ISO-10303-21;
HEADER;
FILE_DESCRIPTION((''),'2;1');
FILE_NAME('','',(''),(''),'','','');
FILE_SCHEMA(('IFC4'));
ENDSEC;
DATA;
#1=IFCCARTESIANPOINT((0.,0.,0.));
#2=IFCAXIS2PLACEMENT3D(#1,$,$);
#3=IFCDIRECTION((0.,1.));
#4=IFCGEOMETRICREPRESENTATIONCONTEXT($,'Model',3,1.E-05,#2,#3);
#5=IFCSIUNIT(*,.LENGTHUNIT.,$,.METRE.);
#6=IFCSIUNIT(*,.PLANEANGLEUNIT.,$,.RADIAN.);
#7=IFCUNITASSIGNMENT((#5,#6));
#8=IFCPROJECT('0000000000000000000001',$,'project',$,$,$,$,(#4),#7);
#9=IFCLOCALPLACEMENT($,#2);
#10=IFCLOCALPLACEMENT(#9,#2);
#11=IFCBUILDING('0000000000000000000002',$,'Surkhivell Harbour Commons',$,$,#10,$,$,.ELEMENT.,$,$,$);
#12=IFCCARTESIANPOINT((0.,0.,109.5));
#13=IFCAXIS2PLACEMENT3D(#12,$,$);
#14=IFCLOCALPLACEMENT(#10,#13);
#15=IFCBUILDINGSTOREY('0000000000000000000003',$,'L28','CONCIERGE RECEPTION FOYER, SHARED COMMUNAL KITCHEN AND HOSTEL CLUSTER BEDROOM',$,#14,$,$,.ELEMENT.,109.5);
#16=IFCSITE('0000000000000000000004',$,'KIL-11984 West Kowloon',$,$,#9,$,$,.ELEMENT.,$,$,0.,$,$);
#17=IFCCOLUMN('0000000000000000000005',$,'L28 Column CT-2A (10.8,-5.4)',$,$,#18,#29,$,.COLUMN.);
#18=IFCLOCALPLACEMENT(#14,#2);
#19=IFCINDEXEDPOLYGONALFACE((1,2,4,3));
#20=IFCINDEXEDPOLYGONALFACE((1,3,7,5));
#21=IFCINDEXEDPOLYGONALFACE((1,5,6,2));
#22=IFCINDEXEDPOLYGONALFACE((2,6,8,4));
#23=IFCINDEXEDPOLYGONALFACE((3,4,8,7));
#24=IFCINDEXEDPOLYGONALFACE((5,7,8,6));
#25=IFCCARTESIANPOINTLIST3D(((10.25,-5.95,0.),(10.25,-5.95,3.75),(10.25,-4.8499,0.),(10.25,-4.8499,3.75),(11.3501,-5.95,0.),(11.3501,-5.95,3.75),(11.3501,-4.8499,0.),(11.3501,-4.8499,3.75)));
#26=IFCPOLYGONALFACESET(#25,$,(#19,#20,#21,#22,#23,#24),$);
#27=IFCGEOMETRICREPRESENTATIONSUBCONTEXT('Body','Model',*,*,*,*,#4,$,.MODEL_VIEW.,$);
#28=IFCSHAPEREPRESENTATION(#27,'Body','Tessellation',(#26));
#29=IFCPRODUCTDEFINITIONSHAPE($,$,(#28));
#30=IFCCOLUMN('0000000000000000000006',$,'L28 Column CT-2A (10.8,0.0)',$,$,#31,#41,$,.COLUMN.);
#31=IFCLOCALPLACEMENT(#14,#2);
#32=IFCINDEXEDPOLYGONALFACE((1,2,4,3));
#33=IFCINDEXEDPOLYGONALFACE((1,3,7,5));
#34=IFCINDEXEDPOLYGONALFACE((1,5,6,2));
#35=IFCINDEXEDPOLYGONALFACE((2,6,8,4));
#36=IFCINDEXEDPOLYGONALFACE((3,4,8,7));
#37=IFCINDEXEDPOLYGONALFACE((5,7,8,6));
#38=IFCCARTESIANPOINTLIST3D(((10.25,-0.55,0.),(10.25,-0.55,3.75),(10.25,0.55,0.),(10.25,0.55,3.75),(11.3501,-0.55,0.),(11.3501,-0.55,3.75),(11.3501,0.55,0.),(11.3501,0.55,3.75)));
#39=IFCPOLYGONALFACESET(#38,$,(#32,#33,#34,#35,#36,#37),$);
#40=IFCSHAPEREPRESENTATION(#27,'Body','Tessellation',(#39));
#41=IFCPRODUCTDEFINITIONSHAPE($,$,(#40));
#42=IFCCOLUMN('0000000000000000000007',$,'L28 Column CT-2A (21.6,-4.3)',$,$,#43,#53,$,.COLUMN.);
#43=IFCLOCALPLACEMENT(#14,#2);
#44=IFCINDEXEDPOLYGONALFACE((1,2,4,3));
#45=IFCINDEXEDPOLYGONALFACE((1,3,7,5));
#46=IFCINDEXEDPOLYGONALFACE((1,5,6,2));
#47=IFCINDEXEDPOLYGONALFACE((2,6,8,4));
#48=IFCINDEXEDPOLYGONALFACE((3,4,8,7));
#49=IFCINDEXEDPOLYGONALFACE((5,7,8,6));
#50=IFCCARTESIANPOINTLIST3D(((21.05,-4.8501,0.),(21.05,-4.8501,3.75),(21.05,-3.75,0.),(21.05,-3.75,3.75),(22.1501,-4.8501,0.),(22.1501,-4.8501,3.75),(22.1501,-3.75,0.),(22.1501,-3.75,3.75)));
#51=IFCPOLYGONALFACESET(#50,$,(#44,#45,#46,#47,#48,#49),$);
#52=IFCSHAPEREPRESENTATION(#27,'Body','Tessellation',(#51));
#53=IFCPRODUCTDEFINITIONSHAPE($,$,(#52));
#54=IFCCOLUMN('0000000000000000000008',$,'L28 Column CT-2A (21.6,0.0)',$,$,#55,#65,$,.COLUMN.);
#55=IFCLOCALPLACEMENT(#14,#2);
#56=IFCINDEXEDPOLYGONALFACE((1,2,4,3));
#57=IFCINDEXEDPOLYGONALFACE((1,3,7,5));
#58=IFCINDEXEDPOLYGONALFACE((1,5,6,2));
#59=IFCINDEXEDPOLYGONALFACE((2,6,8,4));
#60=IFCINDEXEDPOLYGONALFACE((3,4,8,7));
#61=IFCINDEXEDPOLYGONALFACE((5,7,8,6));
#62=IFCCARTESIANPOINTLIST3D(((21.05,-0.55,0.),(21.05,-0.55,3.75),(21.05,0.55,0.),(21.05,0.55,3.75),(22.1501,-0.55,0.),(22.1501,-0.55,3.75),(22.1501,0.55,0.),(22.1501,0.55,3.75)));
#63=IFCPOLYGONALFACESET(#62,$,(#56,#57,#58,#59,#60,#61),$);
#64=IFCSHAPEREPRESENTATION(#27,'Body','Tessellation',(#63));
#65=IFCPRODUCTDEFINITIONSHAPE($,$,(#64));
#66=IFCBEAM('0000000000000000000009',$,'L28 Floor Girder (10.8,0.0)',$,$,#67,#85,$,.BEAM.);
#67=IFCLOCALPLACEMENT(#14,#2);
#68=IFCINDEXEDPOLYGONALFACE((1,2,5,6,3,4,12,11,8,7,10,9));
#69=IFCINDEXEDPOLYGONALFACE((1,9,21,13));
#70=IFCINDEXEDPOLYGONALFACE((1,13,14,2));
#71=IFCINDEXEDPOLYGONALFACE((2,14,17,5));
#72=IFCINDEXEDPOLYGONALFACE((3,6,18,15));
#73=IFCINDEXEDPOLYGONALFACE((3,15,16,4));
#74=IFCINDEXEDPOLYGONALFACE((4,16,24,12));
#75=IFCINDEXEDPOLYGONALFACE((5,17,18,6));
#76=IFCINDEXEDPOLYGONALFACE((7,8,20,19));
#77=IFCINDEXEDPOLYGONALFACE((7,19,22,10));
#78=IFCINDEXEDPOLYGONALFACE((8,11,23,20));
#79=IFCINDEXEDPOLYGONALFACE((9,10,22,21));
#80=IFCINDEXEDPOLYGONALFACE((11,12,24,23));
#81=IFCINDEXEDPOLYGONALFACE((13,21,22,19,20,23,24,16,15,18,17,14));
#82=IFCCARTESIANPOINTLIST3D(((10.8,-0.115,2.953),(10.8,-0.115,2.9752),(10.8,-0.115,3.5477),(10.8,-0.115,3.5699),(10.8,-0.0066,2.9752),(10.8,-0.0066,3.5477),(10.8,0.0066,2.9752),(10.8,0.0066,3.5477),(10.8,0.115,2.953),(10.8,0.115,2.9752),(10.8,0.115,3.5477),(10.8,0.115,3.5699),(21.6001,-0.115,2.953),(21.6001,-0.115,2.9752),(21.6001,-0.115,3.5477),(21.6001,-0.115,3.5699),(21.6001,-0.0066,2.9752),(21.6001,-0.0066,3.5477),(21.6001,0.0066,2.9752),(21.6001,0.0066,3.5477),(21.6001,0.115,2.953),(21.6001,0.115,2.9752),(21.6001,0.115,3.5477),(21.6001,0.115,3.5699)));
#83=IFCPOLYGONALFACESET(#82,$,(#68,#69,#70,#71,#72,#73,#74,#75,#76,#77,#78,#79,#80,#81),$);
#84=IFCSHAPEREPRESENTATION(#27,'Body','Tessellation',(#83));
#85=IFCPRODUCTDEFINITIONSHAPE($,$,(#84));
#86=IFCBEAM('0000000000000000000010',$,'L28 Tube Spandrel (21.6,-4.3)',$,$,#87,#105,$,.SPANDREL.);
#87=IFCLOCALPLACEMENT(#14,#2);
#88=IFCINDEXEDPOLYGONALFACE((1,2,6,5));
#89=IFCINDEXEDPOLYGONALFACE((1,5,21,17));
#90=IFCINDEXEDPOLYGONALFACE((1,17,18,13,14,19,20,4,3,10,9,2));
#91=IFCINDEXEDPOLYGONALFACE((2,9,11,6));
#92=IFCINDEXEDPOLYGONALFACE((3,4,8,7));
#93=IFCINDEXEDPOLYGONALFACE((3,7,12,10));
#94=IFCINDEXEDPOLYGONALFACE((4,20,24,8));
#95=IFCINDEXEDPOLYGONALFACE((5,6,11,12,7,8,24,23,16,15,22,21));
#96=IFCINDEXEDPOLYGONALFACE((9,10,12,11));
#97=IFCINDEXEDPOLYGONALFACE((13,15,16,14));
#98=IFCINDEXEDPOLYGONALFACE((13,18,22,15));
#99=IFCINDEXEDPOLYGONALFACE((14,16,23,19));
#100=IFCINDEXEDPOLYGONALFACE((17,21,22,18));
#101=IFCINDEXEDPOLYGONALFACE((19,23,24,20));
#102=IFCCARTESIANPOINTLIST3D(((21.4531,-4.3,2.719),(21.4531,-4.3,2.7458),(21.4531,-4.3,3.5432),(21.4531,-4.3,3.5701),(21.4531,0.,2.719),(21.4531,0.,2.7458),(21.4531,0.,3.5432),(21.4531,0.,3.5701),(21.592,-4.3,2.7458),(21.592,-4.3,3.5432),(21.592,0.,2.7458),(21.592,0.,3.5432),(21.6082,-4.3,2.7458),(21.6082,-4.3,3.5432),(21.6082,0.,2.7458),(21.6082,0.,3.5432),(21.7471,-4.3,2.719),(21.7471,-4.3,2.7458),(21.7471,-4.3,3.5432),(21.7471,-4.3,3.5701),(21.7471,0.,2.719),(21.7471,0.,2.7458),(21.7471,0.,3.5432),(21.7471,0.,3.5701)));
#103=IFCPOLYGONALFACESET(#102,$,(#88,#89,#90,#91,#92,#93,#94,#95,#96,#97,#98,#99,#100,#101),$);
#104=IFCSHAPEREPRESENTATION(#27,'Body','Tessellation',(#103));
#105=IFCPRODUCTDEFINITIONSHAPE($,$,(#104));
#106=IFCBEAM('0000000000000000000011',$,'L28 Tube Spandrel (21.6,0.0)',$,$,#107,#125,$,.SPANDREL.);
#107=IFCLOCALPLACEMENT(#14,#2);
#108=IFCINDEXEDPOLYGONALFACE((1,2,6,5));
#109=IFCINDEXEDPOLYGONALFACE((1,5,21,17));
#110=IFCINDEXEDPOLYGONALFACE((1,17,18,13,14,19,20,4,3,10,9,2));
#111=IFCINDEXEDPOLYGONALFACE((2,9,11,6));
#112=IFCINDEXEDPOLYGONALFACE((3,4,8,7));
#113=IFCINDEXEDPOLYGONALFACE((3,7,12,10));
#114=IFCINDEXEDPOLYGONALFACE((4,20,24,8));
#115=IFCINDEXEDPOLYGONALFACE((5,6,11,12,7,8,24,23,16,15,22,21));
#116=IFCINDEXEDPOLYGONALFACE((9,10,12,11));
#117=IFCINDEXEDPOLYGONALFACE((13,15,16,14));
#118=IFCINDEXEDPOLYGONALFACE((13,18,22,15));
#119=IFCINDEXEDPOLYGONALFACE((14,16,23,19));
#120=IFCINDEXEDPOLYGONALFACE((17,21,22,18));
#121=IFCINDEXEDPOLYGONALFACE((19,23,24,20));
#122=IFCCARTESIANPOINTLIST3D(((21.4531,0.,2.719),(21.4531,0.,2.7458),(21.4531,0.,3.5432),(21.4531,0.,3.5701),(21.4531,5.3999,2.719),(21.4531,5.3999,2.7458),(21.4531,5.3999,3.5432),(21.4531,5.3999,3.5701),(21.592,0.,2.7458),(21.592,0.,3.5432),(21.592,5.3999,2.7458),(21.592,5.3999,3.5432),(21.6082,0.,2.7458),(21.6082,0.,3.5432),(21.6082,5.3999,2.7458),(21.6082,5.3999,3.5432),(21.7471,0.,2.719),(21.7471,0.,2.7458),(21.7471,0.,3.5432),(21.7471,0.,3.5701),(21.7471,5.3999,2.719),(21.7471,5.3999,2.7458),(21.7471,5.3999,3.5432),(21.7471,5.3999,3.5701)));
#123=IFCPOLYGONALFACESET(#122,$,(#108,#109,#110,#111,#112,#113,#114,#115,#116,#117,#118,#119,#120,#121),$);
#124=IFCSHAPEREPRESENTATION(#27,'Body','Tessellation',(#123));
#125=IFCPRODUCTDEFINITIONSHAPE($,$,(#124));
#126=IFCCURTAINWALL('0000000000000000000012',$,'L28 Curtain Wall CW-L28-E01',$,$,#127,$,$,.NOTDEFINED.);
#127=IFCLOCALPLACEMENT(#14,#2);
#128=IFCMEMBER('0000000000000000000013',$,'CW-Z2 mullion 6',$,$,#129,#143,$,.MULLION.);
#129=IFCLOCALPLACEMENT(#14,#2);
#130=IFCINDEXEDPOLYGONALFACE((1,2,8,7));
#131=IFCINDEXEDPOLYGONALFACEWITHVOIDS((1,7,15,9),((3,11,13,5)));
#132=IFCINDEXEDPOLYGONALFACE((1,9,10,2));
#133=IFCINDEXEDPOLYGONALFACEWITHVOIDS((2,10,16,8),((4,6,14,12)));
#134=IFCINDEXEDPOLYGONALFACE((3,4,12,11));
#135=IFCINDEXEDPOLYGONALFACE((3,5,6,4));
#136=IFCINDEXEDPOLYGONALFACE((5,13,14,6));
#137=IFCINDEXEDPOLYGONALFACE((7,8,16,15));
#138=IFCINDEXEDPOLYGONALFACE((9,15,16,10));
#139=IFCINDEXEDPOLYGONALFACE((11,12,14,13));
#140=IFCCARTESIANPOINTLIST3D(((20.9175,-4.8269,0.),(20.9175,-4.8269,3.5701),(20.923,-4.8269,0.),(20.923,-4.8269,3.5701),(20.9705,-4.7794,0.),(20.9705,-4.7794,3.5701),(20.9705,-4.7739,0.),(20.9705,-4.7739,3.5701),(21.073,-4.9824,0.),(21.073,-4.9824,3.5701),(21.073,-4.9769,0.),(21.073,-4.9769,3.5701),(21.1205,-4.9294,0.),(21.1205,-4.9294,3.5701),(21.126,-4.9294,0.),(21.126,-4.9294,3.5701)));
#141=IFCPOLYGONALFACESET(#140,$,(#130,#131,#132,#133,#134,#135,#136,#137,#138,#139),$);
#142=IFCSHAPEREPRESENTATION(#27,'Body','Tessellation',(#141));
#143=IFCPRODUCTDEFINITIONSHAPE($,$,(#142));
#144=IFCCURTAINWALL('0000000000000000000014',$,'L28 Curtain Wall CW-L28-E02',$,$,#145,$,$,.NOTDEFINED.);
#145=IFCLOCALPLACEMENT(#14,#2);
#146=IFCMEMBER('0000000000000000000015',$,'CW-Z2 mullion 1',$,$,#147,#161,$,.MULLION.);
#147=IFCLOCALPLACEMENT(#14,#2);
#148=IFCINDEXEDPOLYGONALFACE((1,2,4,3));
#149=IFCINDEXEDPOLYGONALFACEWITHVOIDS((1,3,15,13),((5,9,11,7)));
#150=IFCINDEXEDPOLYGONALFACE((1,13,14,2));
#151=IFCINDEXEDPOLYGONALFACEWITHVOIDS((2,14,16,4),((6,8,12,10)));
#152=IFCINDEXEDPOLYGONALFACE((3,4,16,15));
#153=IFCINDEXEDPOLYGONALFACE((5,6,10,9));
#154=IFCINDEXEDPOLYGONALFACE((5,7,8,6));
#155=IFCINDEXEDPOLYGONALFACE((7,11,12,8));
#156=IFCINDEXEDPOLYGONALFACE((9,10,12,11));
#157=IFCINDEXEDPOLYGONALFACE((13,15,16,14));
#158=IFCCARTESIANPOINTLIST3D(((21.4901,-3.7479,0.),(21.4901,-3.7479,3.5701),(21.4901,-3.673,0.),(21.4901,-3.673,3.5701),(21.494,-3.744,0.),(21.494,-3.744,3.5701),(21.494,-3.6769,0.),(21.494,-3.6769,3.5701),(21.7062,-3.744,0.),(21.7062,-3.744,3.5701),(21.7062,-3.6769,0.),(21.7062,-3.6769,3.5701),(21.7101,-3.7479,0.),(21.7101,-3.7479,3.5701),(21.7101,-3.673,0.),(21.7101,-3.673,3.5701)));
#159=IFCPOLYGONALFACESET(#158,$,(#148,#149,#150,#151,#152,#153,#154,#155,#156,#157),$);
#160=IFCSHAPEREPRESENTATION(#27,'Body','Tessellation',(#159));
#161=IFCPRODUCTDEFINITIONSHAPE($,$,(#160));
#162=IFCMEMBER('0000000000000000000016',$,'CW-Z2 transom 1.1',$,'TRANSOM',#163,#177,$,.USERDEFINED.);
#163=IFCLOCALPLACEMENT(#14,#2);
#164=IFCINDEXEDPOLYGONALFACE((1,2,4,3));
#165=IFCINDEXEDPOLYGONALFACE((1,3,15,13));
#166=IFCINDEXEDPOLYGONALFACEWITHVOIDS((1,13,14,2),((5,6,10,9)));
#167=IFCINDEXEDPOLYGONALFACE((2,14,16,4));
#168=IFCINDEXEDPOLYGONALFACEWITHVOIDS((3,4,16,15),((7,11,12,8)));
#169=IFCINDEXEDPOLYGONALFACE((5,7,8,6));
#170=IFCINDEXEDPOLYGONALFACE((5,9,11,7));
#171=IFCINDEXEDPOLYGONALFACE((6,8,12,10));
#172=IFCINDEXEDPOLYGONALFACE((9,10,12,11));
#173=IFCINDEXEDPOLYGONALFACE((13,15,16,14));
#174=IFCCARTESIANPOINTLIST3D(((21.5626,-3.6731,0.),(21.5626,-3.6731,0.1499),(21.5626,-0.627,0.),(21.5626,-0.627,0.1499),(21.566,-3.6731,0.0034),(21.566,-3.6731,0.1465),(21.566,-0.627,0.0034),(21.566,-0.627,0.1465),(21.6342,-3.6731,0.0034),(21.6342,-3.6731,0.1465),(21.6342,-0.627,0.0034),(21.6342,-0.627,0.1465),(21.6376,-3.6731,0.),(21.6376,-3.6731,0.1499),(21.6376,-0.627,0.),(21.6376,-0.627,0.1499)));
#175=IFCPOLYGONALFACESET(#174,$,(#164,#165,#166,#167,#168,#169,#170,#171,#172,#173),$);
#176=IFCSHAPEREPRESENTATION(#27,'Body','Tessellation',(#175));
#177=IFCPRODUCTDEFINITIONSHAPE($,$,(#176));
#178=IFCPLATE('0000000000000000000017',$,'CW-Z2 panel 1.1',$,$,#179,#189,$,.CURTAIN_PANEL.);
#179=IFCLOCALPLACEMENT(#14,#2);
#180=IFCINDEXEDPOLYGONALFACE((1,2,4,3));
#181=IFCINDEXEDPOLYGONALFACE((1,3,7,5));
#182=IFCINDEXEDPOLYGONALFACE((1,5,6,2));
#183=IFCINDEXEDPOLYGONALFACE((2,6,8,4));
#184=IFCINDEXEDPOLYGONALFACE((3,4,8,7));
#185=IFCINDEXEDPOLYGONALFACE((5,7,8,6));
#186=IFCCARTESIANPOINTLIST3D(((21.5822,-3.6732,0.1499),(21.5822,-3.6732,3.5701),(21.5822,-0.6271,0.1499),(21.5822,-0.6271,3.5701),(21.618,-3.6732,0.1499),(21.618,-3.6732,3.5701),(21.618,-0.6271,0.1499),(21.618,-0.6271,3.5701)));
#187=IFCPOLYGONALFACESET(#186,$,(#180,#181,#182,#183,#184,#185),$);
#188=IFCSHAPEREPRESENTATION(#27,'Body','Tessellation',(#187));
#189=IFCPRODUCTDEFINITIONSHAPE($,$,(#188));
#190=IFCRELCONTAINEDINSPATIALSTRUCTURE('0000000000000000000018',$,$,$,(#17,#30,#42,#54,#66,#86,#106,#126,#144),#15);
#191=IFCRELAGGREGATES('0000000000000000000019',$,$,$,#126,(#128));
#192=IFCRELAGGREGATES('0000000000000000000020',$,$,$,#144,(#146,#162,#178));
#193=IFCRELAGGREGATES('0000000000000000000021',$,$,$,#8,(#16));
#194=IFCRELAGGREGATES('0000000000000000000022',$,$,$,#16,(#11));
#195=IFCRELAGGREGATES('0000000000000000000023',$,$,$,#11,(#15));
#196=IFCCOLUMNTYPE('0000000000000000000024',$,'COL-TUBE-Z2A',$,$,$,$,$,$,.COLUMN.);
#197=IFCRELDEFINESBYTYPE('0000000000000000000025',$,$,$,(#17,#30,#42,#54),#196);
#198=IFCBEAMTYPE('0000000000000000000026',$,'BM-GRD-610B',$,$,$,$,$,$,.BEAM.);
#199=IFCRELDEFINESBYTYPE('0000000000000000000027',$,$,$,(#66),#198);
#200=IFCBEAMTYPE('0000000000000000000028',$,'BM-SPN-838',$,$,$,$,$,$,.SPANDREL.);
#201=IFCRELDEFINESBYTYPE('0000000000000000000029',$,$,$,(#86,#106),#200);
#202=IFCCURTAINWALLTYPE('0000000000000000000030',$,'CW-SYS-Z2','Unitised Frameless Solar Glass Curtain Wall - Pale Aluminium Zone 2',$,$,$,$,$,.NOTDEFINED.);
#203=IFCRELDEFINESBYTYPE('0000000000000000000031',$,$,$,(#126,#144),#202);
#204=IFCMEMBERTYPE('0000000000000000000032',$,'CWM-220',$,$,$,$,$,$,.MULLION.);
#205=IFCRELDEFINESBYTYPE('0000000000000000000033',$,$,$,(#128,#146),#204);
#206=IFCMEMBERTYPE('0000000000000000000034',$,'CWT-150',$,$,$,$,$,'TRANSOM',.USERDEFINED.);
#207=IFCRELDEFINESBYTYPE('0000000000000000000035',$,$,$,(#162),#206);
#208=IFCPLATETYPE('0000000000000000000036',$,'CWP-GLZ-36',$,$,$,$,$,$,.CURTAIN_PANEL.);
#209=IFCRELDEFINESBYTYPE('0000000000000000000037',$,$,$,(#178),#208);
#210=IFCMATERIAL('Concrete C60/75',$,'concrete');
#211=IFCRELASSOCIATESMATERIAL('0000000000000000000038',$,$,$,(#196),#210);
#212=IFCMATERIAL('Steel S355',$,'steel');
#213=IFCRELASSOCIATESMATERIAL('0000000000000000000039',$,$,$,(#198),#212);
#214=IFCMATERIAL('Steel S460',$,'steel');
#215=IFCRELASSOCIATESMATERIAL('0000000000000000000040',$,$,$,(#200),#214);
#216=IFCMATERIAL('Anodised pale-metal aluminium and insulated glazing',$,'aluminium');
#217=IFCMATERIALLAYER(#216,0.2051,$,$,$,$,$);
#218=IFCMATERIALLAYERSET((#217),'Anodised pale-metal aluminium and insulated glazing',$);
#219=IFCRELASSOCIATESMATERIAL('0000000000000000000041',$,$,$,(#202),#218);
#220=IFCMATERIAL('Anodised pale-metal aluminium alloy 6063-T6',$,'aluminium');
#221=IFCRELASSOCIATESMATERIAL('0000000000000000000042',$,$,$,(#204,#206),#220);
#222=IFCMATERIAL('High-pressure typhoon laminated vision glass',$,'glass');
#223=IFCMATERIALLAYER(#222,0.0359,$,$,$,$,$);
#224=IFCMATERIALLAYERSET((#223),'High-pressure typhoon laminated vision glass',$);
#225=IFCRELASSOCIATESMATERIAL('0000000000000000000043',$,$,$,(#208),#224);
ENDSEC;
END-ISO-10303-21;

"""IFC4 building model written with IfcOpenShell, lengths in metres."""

from ifc_helpers import new_model, si_unit, direction, frame, frame_2d, origin, origin_2d, place, context, subcontext, project, spatial, rectangle, hollow_rectangle, i_section, extrude, material, layer, layer_set, material_profile, profile_set, type_object, element, aggregate, save


model = new_model("IFC4")

# Units and contexts
model_context = context("Model", 3, precision=1e-05, world=origin(), true_north=direction((0.0, 1.0)))
body_context = subcontext(model_context, "Body", "Model", "MODEL_VIEW")
ifc_project = project(units=[si_unit("LENGTHUNIT", "METRE"), si_unit("PLANEANGLEUNIT", "RADIAN")], contexts=[model_context])

# Site, building, storey
site_placement = place(None, origin())
site = spatial("IfcSite", under=ifc_project, at=site_placement, Name="KIL-11984 West Kowloon", CompositionType="ELEMENT", RefElevation=0.0)
building_placement = place(site_placement, origin())
building = spatial("IfcBuilding", under=site, at=building_placement, Name="Surkhivell Harbour Commons", CompositionType="ELEMENT")
storey_placement = place(building_placement, frame((0.0, 0.0, 109.5)))
storey = spatial("IfcBuildingStorey", under=building, at=storey_placement, Name="L28", Description="CONCIERGE RECEPTION FOYER, SHARED COMMUNAL KITCHEN AND HOSTEL CLUSTER BEDROOM", CompositionType="ELEMENT", Elevation=109.5)

# Columns
ifc_material_1 = material(Name="Concrete C60/75", Category="concrete")
ifc_material_profile_1 = material_profile(ifc_material_1, rectangle(XDim=1.1001, YDim=1.1001, at=origin_2d()), Name="RC-COL-1100x1100")
ifc_profile_set_1 = profile_set([ifc_material_profile_1], Name="Concrete C60/75")
column_type = type_object("IfcColumnType", Name="COL-TUBE-Z2A", PredefinedType="COLUMN", material=ifc_profile_set_1)
for number, where, z_axis, x_axis, name in (
    (1, (10.8, -5.3999, 0.0), (0.0, 0.0, 1.0), (1.0, 0.0, 0.0), "L28 Column CT-2A (10.8,-5.4)"),
    (2, (10.8, 0.0, 0.0), (0.0, 0.0, 1.0), (1.0, 0.0, 0.0), "L28 Column CT-2A (10.8,0.0)"),
    (3, (21.6001, -4.3, 0.0), (0.0, 0.0, 1.0), (1.0, 0.0, 0.0), "L28 Column CT-2A (21.6,-4.3)"),
    (4, (21.6001, 0.0, 0.0), (0.0, 0.0, 1.0), (1.0, 0.0, 0.0), "L28 Column CT-2A (21.6,0.0)"),
):
    element("IfcColumn", number, at=place(storey_placement, frame(where, z_axis=z_axis, x_axis=x_axis)), inside=storey, type_object=column_type, Name=name, PredefinedType="COLUMN", context=body_context, shape_type="SweptSolid", body=[
        extrude(rectangle(XDim=1.1001, YDim=1.1001, at=origin_2d()), origin(), (0.0, 0.0, 1.0), 3.75),
    ])

# Beams
ifc_material_2 = material(Name="Steel S355", Category="steel")
ifc_material_profile_2 = material_profile(ifc_material_2, i_section(OverallWidth=0.23, OverallDepth=0.6169, WebThickness=0.0132, FlangeThickness=0.0222, at=origin_2d()), Name="UB610x229x140")
ifc_profile_set_2 = profile_set([ifc_material_profile_2], Name="Steel S355")
beam_type_1 = type_object("IfcBeamType", Name="BM-GRD-610B", PredefinedType="BEAM", material=ifc_profile_set_2)
beam_1_placement = place(storey_placement, frame((10.8, 0.0, 3.2615), z_axis=(1.0, 0.0, 0.0), x_axis=(0.0, 1.0, 0.0)))
element("IfcBeam", 5, at=beam_1_placement, inside=storey, type_object=beam_type_1, Name="L28 Floor Girder (10.8,0.0)", PredefinedType="BEAM", context=body_context, shape_type="SweptSolid", body=[
    extrude(i_section(OverallWidth=0.23, OverallDepth=0.6169, WebThickness=0.0132, FlangeThickness=0.0222, at=origin_2d()), origin(), (0.0, 0.0, 1.0), 10.8),
])
ifc_material_3 = material(Name="Steel S460", Category="steel")
ifc_material_profile_3 = material_profile(ifc_material_3, i_section(OverallWidth=0.2939, OverallDepth=0.8511, WebThickness=0.0161, FlangeThickness=0.0269, at=origin_2d()), Name="UB838x292x226")
ifc_profile_set_3 = profile_set([ifc_material_profile_3], Name="Steel S460")
beam_type_2 = type_object("IfcBeamType", Name="BM-SPN-838", PredefinedType="SPANDREL", material=ifc_profile_set_3)
beam_2_placement = place(storey_placement, frame((21.6001, -4.3, 3.1445), z_axis=(0.0, 1.0, 0.0), x_axis=(-1.0, 0.0, 0.0)))
element("IfcBeam", 6, at=beam_2_placement, inside=storey, type_object=beam_type_2, Name="L28 Tube Spandrel (21.6,-4.3)", PredefinedType="SPANDREL", context=body_context, shape_type="SweptSolid", body=[
    extrude(i_section(OverallWidth=0.2939, OverallDepth=0.8511, WebThickness=0.0161, FlangeThickness=0.0269, at=origin_2d()), origin(), (0.0, 0.0, 1.0), 4.3),
])
beam_3_placement = place(storey_placement, frame((21.6001, 0.0, 3.1445), z_axis=(0.0, 1.0, 0.0), x_axis=(-1.0, 0.0, 0.0)))
element("IfcBeam", 7, at=beam_3_placement, inside=storey, type_object=beam_type_2, Name="L28 Tube Spandrel (21.6,0.0)", PredefinedType="SPANDREL", context=body_context, shape_type="SweptSolid", body=[
    extrude(i_section(OverallWidth=0.2939, OverallDepth=0.8511, WebThickness=0.0161, FlangeThickness=0.0269, at=origin_2d()), origin(), (0.0, 0.0, 1.0), 5.3999),
])

# Curtain wall, member
ifc_material_4 = material(Name="Anodised pale-metal aluminium and insulated glazing", Category="aluminium")
ifc_layer_1 = layer(ifc_material_4, 0.2051)
ifc_layer_set_1 = layer_set([ifc_layer_1], Name="Anodised pale-metal aluminium and insulated glazing")
curtain_wall_type = type_object("IfcCurtainWallType", Name="CW-SYS-Z2", Description="Unitised Frameless Solar Glass Curtain Wall - Pale Aluminium Zone 2", PredefinedType="NOTDEFINED", material=ifc_layer_set_1)
curtain_wall_1_placement = place(storey_placement, origin())
curtain_wall_1 = element("IfcCurtainWall", 8, at=curtain_wall_1_placement, inside=storey, type_object=curtain_wall_type, Name="L28 Curtain Wall CW-L28-E01", PredefinedType="NOTDEFINED")
ifc_material_5 = material(Name="Anodised pale-metal aluminium alloy 6063-T6", Category="aluminium")
ifc_material_profile_4 = material_profile(ifc_material_5, hollow_rectangle(XDim=0.075, YDim=0.22, WallThickness=0.0039, at=origin_2d()), Name="ALU-MULL-75x220")
ifc_profile_set_4 = profile_set([ifc_material_profile_4], Name="Anodised pale-metal aluminium alloy 6063-T6")
member_type_1 = type_object("IfcMemberType", Name="CWM-220", PredefinedType="MULLION", material=ifc_profile_set_4)
member_1_placement = place(storey_placement, frame((21.0217, -4.8782, 0.0), z_axis=(0.0, 0.0, 1.0), x_axis=(0.707107, 0.707107, 0.0)))
member_1 = element("IfcMember", 9, at=member_1_placement, type_object=member_type_1, Name="CW-Z2 mullion 6", PredefinedType="MULLION", context=body_context, shape_type="SweptSolid", body=[
    extrude(hollow_rectangle(XDim=0.075, YDim=0.22, WallThickness=0.0039, at=origin_2d()), origin(), (0.0, 0.0, 1.0), 3.5701),
])
aggregate(curtain_wall_1, [member_1])

# Curtain wall, members, plate
curtain_wall_2_placement = place(storey_placement, origin())
curtain_wall_2 = element("IfcCurtainWall", 10, at=curtain_wall_2_placement, inside=storey, type_object=curtain_wall_type, Name="L28 Curtain Wall CW-L28-E02", PredefinedType="NOTDEFINED")
member_2_placement = place(storey_placement, frame((21.6001, -3.7104, 0.0), z_axis=(0.0, 0.0, 1.0), x_axis=(0.0, 1.0, 0.0)))
member_2 = element("IfcMember", 11, at=member_2_placement, type_object=member_type_1, Name="CW-Z2 mullion 1", PredefinedType="MULLION", context=body_context, shape_type="SweptSolid", body=[
    extrude(hollow_rectangle(XDim=0.075, YDim=0.22, WallThickness=0.0039, at=origin_2d()), origin(), (0.0, 0.0, 1.0), 3.5701),
])
ifc_material_profile_5 = material_profile(ifc_material_5, hollow_rectangle(XDim=0.075, YDim=0.1499, WallThickness=0.0034, at=origin_2d()), Name="ALU-TRAN-75x150")
ifc_profile_set_5 = profile_set([ifc_material_profile_5], Name="Anodised pale-metal aluminium alloy 6063-T6")
member_type_2 = type_object("IfcMemberType", Name="CWT-150", ElementType="TRANSOM", PredefinedType="USERDEFINED", material=ifc_profile_set_5)
member_3_placement = place(storey_placement, frame((21.6001, -3.6731, 0.075), z_axis=(0.0, 1.0, 0.0), x_axis=(-1.0, 0.0, 0.0)))
member_3 = element("IfcMember", 12, at=member_3_placement, type_object=member_type_2, Name="CW-Z2 transom 1.1", ObjectType="TRANSOM", PredefinedType="USERDEFINED", context=body_context, shape_type="SweptSolid", body=[
    extrude(hollow_rectangle(XDim=0.075, YDim=0.1499, WallThickness=0.0034, at=origin_2d()), origin(), (0.0, 0.0, 1.0), 3.0461),
])
ifc_material_6 = material(Name="High-pressure typhoon laminated vision glass", Category="glass")
ifc_layer_2 = layer(ifc_material_6, 0.0359)
ifc_layer_set_2 = layer_set([ifc_layer_2], Name="High-pressure typhoon laminated vision glass")
plate_type = type_object("IfcPlateType", Name="CWP-GLZ-36", PredefinedType="CURTAIN_PANEL", material=ifc_layer_set_2)
plate_placement = place(storey_placement, frame((21.6001, -3.6731, 0.1499), z_axis=(0.0, 0.0, 1.0), x_axis=(0.0, 1.0, 0.0)))
plate = element("IfcPlate", 13, at=plate_placement, type_object=plate_type, Name="CW-Z2 panel 1.1", PredefinedType="CURTAIN_PANEL", context=body_context, shape_type="SweptSolid", body=[
    extrude(rectangle(XDim=3.0461, YDim=0.0359, at=frame_2d((1.5229, 0.0))), origin(), (0.0, 0.0, 1.0), 3.4202),
])
aggregate(curtain_wall_2, [member_2, member_3, plate])

save(model, "model.ifc")
